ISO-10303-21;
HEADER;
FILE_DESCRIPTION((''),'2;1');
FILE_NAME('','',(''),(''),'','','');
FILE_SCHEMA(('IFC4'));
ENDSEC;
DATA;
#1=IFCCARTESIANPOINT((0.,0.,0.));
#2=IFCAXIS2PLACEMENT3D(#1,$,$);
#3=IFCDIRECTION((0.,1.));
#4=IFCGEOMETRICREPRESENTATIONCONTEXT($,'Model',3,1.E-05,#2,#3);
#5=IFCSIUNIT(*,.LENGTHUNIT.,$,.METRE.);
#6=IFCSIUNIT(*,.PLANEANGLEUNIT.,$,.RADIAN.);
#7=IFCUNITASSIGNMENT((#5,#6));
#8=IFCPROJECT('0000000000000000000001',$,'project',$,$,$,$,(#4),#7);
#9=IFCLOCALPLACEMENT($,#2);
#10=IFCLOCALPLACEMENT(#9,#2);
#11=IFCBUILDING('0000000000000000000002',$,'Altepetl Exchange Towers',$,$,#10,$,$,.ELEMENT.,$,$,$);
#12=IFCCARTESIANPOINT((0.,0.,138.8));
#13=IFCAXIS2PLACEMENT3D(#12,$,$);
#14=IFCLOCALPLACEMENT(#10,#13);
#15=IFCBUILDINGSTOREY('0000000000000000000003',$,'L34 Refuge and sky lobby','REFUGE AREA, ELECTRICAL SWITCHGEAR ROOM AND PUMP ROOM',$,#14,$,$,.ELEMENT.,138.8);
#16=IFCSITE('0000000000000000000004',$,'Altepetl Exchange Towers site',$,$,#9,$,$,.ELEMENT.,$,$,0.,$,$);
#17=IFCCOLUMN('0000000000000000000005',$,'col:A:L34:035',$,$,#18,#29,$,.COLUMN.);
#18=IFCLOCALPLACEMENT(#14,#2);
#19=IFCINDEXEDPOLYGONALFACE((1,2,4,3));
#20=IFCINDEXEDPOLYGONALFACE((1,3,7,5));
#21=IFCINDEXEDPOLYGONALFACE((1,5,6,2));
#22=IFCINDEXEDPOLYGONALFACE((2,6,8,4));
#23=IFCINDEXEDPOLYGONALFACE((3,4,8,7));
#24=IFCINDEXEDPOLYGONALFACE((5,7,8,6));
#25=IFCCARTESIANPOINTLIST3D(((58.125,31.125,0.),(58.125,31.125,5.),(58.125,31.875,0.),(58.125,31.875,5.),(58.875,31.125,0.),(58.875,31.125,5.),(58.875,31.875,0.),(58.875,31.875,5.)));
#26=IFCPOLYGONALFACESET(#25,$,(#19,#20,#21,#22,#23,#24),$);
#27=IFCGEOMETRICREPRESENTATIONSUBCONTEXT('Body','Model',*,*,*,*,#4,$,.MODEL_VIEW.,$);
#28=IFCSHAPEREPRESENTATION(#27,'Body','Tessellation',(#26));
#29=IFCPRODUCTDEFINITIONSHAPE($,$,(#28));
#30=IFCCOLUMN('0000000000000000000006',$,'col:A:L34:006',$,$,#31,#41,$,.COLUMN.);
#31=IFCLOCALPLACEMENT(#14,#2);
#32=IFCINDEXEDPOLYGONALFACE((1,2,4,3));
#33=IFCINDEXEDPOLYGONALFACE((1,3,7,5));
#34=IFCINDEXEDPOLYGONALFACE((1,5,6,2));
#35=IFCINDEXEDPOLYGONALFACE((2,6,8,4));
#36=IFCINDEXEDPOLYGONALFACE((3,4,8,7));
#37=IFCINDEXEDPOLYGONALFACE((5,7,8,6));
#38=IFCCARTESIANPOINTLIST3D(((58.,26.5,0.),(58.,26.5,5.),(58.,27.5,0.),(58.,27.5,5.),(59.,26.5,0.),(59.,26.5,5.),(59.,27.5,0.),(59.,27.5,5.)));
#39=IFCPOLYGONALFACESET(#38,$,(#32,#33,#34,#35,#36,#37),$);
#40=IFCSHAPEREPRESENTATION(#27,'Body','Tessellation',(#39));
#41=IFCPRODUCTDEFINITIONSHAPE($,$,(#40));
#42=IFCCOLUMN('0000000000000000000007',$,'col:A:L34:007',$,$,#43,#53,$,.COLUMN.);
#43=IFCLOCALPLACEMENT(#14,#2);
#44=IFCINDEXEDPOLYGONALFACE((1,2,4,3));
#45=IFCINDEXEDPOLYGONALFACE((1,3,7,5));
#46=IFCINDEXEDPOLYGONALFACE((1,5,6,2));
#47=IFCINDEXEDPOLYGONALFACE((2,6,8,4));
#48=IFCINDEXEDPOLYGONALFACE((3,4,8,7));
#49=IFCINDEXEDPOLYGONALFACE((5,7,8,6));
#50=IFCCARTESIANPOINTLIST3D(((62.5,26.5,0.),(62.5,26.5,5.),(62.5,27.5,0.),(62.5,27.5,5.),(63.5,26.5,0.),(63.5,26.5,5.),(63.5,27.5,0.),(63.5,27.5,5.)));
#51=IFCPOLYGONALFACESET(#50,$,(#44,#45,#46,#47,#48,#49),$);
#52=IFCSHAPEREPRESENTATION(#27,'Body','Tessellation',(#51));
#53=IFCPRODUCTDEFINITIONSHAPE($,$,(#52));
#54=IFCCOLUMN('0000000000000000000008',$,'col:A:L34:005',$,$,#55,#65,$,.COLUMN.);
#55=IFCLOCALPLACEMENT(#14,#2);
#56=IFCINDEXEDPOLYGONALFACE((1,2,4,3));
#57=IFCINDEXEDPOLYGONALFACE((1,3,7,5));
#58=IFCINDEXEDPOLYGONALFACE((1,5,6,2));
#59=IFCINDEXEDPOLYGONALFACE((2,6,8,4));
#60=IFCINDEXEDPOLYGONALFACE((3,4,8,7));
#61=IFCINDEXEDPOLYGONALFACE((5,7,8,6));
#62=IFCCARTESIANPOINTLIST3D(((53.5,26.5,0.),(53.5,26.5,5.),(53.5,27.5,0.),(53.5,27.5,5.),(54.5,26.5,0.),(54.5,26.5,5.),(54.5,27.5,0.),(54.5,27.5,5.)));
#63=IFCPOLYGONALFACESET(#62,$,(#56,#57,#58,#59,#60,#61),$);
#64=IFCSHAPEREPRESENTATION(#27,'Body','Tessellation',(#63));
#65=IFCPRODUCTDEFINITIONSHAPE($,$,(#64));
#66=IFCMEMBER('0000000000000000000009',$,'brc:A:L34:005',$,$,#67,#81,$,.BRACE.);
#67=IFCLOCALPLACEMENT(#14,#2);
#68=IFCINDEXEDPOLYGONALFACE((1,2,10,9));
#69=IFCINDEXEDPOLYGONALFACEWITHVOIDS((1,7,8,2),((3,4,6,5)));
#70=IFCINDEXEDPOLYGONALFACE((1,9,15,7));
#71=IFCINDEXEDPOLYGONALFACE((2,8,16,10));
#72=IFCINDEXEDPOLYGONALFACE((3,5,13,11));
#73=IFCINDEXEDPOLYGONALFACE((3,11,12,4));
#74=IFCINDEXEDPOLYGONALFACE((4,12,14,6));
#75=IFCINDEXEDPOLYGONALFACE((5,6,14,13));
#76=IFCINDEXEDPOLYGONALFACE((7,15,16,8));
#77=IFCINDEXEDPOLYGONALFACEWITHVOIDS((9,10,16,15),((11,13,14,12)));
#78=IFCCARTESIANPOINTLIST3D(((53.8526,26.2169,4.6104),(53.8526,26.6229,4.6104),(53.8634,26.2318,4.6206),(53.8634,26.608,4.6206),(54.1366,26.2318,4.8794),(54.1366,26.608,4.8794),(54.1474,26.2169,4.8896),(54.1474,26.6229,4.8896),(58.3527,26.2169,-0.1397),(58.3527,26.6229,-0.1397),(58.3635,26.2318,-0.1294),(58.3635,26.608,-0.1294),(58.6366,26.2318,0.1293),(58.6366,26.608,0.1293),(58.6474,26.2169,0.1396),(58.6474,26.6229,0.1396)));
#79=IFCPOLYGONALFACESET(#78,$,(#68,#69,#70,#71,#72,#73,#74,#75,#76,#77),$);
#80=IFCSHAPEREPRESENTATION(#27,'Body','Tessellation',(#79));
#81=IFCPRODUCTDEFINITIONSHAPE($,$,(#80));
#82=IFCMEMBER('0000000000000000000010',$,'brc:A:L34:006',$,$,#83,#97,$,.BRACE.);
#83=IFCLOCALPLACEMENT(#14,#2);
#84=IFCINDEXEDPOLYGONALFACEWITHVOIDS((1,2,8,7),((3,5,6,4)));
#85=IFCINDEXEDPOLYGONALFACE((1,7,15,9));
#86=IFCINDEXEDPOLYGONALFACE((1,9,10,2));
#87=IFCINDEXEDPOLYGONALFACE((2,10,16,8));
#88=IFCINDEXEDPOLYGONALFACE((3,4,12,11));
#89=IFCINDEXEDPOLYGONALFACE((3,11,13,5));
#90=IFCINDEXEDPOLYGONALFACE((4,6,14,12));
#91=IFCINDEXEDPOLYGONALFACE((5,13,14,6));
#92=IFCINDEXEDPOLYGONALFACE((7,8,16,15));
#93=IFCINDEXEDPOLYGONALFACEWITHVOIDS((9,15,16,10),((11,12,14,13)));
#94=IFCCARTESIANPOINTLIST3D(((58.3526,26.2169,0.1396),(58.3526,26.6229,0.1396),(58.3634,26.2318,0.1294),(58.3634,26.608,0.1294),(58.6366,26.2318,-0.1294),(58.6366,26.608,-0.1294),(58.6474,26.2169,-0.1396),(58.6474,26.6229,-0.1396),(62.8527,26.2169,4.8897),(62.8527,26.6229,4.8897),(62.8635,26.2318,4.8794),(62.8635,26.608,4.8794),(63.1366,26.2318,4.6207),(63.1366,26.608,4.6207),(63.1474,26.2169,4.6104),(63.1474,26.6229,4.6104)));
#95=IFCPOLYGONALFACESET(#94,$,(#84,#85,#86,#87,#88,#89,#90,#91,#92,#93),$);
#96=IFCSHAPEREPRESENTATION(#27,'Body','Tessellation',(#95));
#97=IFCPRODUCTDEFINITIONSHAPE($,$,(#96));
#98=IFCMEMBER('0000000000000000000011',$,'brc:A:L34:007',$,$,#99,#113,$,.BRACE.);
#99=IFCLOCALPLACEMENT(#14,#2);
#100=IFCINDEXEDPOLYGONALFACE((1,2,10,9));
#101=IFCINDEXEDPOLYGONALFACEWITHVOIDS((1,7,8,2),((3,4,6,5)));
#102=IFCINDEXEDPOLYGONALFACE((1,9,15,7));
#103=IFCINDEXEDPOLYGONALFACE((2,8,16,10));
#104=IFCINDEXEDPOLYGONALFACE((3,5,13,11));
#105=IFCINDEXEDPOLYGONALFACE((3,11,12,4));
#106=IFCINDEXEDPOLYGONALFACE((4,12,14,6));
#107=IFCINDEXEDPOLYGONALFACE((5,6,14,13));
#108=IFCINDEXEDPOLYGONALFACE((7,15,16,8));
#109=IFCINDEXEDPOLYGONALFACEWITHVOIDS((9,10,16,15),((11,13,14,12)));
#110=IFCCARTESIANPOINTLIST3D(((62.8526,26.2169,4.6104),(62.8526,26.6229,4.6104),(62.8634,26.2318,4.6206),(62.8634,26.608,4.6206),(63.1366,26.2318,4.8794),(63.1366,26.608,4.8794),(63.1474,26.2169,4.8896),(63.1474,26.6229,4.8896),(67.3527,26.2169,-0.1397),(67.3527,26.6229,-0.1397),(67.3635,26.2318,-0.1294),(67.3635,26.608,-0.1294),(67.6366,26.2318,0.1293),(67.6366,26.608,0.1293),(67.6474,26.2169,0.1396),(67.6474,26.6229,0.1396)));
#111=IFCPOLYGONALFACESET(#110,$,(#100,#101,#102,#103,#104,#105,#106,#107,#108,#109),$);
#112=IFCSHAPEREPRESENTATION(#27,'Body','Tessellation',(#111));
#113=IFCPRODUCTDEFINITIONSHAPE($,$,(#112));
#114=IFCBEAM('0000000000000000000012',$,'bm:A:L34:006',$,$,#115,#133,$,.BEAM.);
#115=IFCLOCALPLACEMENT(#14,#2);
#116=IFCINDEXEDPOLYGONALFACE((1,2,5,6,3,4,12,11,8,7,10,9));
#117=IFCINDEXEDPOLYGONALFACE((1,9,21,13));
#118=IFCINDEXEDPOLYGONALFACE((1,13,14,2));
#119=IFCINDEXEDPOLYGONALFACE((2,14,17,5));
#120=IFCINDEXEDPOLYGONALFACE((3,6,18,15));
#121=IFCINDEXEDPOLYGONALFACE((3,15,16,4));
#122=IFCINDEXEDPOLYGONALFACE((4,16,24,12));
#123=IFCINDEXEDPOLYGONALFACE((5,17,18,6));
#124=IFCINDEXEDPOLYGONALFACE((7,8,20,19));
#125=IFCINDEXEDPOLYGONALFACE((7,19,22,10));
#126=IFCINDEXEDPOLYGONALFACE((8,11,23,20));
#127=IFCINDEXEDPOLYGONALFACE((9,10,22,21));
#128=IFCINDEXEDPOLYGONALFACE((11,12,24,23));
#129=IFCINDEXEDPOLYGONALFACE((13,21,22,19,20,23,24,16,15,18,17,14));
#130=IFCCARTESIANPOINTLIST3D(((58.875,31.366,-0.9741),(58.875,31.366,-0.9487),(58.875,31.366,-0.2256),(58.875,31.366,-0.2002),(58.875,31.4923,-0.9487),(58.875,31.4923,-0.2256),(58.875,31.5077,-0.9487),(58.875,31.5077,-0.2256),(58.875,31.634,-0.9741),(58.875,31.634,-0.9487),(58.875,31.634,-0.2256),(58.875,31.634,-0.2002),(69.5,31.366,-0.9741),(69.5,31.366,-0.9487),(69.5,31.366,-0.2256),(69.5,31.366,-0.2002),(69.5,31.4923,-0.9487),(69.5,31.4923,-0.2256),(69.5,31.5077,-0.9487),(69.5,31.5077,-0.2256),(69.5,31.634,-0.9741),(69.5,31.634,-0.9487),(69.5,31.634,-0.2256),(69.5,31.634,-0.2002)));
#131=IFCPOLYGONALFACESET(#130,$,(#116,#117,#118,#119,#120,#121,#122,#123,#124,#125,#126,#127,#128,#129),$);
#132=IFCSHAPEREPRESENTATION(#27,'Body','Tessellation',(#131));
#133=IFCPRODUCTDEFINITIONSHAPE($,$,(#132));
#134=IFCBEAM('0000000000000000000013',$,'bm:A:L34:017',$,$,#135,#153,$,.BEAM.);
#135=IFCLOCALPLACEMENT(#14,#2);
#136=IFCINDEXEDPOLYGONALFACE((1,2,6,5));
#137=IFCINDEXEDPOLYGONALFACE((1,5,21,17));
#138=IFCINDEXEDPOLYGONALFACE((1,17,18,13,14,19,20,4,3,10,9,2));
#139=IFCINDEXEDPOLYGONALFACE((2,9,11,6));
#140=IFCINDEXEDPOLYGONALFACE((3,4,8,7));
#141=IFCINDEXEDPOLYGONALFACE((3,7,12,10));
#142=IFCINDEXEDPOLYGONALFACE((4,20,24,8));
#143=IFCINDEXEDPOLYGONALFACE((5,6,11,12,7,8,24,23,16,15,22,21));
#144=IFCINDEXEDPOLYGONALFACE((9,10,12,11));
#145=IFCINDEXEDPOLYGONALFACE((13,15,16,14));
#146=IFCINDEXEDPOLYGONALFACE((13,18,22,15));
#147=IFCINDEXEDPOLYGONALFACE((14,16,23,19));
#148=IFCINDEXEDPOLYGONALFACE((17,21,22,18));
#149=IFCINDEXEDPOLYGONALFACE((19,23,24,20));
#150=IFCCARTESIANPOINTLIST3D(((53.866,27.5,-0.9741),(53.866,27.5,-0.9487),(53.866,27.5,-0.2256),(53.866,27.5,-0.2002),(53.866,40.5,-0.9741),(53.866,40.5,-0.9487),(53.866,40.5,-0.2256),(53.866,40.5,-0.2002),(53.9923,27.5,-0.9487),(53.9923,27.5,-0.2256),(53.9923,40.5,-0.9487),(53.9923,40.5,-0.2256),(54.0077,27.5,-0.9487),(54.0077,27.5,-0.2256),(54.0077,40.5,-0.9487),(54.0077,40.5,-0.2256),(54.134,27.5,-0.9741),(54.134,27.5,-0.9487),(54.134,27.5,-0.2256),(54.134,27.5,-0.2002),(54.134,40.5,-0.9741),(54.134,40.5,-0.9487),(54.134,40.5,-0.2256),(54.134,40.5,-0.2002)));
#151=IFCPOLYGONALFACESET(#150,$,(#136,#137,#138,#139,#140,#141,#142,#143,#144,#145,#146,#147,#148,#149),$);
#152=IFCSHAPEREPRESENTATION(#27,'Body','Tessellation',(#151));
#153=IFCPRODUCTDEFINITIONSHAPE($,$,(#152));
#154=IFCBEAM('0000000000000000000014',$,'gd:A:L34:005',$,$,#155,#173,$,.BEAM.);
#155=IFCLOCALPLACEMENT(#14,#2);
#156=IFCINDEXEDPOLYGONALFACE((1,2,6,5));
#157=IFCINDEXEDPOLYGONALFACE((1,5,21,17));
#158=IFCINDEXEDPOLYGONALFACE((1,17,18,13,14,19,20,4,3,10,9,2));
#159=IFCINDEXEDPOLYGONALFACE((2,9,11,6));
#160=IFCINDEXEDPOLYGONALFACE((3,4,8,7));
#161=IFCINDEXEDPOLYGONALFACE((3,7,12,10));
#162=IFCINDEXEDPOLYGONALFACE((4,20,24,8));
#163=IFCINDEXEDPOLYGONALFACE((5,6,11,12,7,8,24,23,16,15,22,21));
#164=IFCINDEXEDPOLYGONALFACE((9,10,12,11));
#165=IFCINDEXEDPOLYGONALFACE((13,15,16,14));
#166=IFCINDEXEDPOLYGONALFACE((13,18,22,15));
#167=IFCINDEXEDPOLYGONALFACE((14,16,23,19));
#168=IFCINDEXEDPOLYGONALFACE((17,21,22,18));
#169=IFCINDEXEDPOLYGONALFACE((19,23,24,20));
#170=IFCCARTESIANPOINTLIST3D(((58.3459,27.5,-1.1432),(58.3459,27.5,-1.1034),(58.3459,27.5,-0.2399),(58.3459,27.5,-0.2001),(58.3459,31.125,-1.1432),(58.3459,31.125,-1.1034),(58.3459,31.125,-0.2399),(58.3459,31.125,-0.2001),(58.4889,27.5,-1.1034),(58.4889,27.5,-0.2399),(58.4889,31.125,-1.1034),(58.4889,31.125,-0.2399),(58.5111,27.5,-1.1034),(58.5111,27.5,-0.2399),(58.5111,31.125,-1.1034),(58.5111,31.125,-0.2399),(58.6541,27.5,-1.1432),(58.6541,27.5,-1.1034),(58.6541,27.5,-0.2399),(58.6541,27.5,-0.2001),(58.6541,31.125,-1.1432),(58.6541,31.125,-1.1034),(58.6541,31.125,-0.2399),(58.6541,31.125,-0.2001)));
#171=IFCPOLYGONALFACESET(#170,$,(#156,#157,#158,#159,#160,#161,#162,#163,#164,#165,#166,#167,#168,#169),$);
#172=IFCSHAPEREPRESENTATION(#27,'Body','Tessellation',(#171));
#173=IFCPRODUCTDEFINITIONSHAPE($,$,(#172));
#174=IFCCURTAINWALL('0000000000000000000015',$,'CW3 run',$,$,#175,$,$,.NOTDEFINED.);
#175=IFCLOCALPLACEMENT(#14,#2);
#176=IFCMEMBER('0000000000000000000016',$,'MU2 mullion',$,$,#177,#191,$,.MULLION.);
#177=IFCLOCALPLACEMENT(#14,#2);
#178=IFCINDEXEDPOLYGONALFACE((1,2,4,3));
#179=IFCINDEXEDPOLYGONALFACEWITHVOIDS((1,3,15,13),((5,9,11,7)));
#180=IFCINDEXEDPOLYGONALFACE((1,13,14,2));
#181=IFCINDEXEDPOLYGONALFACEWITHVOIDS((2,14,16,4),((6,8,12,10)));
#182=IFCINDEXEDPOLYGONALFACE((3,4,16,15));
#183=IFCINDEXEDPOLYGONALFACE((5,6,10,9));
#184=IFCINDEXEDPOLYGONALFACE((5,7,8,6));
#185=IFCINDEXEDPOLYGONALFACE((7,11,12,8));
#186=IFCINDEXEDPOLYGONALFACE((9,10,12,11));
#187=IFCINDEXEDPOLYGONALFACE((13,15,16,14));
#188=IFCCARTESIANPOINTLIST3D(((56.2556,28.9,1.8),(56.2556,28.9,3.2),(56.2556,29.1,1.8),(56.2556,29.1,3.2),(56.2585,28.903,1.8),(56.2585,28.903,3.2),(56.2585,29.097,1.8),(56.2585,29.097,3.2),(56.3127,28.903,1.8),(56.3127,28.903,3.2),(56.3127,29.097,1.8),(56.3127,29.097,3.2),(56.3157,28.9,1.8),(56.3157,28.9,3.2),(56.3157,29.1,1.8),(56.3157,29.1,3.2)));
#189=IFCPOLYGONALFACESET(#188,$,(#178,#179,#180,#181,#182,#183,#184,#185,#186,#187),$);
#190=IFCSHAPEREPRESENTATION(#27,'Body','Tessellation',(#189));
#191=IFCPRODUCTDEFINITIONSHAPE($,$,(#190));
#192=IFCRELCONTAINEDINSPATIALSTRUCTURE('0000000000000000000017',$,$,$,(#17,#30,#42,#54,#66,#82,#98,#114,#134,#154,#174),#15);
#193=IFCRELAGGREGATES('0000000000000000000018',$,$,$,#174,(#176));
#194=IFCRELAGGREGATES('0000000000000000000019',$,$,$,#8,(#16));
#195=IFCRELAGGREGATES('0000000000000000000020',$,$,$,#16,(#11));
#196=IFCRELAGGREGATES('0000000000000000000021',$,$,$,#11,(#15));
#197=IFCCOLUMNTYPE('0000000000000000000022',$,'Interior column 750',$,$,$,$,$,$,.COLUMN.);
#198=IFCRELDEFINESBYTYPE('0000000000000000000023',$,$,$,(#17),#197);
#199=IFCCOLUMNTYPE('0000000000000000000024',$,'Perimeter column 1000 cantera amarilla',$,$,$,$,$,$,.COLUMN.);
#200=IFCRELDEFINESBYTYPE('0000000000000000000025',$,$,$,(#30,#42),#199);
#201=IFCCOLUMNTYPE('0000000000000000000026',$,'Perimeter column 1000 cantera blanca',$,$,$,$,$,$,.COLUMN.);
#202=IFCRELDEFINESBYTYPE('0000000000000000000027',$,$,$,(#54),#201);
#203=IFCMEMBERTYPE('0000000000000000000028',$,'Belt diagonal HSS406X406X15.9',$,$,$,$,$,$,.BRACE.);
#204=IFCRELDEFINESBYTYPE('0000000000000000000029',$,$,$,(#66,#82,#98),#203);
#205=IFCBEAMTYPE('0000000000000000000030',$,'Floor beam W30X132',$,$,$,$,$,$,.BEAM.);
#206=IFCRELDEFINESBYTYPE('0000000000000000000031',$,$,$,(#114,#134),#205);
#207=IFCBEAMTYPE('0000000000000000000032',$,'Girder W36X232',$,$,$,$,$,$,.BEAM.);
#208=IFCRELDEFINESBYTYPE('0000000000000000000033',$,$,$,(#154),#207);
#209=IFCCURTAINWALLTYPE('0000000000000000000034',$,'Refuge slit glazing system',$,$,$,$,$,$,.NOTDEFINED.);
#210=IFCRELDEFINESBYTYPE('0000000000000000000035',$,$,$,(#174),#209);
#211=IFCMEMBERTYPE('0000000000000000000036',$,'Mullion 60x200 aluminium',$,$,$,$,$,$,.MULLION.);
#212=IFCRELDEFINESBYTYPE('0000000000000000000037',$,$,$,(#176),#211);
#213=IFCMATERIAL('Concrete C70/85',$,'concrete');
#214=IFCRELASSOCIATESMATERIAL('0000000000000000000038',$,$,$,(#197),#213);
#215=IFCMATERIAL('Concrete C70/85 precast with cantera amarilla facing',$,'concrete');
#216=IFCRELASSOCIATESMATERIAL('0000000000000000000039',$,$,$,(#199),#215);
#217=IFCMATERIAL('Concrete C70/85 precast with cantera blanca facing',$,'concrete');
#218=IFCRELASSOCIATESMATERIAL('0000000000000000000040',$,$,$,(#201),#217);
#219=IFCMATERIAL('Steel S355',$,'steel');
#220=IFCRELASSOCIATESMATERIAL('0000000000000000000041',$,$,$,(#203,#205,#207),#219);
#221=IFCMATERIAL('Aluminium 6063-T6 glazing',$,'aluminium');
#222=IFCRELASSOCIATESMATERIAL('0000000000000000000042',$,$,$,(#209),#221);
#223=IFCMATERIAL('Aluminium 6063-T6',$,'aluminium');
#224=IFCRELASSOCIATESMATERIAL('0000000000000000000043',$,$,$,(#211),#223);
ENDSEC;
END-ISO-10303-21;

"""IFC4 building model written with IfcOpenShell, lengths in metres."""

from ifc_helpers import new_model, si_unit, direction, frame, origin, origin_2d, place, context, subcontext, project, spatial, rectangle, hollow_rectangle, i_section, extrude, material, material_profile, profile_set, type_object, element, aggregate, save


model = new_model("IFC4")

# Units and contexts
model_context = context("Model", 3, precision=1e-05, world=origin(), true_north=direction((0.0, 1.0)))
body_context = subcontext(model_context, "Body", "Model", "MODEL_VIEW")
ifc_project = project(units=[si_unit("LENGTHUNIT", "METRE"), si_unit("PLANEANGLEUNIT", "RADIAN")], contexts=[model_context])

# Site, building, storey
site_placement = place(None, origin())
site = spatial("IfcSite", under=ifc_project, at=site_placement, Name="Altepetl Exchange Towers site", CompositionType="ELEMENT", RefElevation=0.0)
building_placement = place(site_placement, origin())
building = spatial("IfcBuilding", under=site, at=building_placement, Name="Altepetl Exchange Towers", CompositionType="ELEMENT")
storey_placement = place(building_placement, frame((0.0, 0.0, 138.8)))
storey = spatial("IfcBuildingStorey", under=building, at=storey_placement, Name="L34 Refuge and sky lobby", Description="REFUGE AREA, ELECTRICAL SWITCHGEAR ROOM AND PUMP ROOM", CompositionType="ELEMENT", Elevation=138.8)

# Columns
ifc_material_1 = material(Name="Concrete C70/85", Category="concrete")
ifc_material_profile_1 = material_profile(ifc_material_1, rectangle(XDim=0.75, YDim=0.75, at=origin_2d()), Name="750 x 750")
ifc_profile_set_1 = profile_set([ifc_material_profile_1], Name="Concrete C70/85")
column_type_1 = type_object("IfcColumnType", Name="Interior column 750", PredefinedType="COLUMN", material=ifc_profile_set_1)
column_1_placement = place(storey_placement, frame((58.5, 31.5, 0.0)))
element("IfcColumn", 1, at=column_1_placement, inside=storey, type_object=column_type_1, Name="col:A:L34:035", PredefinedType="COLUMN", context=body_context, shape_type="SweptSolid", body=[
    extrude(rectangle(XDim=0.75, YDim=0.75, at=origin_2d()), origin(), (0.0, 0.0, 1.0), 5.0),
])
ifc_material_2 = material(Name="Concrete C70/85 precast with cantera amarilla facing", Category="concrete")
ifc_material_profile_2 = material_profile(ifc_material_2, rectangle(XDim=1.0, YDim=1.0, at=origin_2d()), Name="1000 x 1000")
ifc_profile_set_2 = profile_set([ifc_material_profile_2], Name="Concrete C70/85 precast with cantera amarilla facing")
column_type_2 = type_object("IfcColumnType", Name="Perimeter column 1000 cantera amarilla", PredefinedType="COLUMN", material=ifc_profile_set_2)
for number, where, name in (
    (2, (58.5, 27.0, 0.0), "col:A:L34:006"),
    (3, (63.0, 27.0, 0.0), "col:A:L34:007"),
):
    element("IfcColumn", number, at=place(storey_placement, frame(where)), inside=storey, type_object=column_type_2, Name=name, PredefinedType="COLUMN", context=body_context, shape_type="SweptSolid", body=[
        extrude(rectangle(XDim=1.0, YDim=1.0, at=origin_2d()), origin(), (0.0, 0.0, 1.0), 5.0),
    ])
ifc_material_3 = material(Name="Concrete C70/85 precast with cantera blanca facing", Category="concrete")
ifc_material_profile_3 = material_profile(ifc_material_3, rectangle(XDim=1.0, YDim=1.0, at=origin_2d()), Name="1000 x 1000")
ifc_profile_set_3 = profile_set([ifc_material_profile_3], Name="Concrete C70/85 precast with cantera blanca facing")
column_type_3 = type_object("IfcColumnType", Name="Perimeter column 1000 cantera blanca", PredefinedType="COLUMN", material=ifc_profile_set_3)
column_2_placement = place(storey_placement, frame((54.0, 27.0, 0.0)))
element("IfcColumn", 4, at=column_2_placement, inside=storey, type_object=column_type_3, Name="col:A:L34:005", PredefinedType="COLUMN", context=body_context, shape_type="SweptSolid", body=[
    extrude(rectangle(XDim=1.0, YDim=1.0, at=origin_2d()), origin(), (0.0, 0.0, 1.0), 5.0),
])

# Members
ifc_material_4 = material(Name="Steel S355", Category="steel")
ifc_material_profile_4 = material_profile(ifc_material_4, hollow_rectangle(XDim=0.406, YDim=0.406, WallThickness=0.0149, at=origin_2d()), Name="HSS406X406X15.9")
ifc_profile_set_4 = profile_set([ifc_material_profile_4], Name="Steel S355")
member_type_1 = type_object("IfcMemberType", Name="Belt diagonal HSS406X406X15.9", PredefinedType="BRACE", material=ifc_profile_set_4)
for number, where, z_axis, x_axis, name in (
    (5, (54.0, 26.4199, 4.75), (0.687745, 0.0, -0.725953), (0.0, 1.0, 0.0), "brc:A:L34:005"),
    (6, (58.5, 26.4199, 0.0), (0.687745, 0.0, 0.725953), (0.0, 1.0, 0.0), "brc:A:L34:006"),
    (7, (63.0, 26.4199, 4.75), (0.687745, 0.0, -0.725953), (0.0, 1.0, 0.0), "brc:A:L34:007"),
):
    element("IfcMember", number, at=place(storey_placement, frame(where, z_axis=z_axis, x_axis=x_axis)), inside=storey, type_object=member_type_1, Name=name, PredefinedType="BRACE", context=body_context, shape_type="SweptSolid", body=[
        extrude(hollow_rectangle(XDim=0.406, YDim=0.406, WallThickness=0.0149, at=origin_2d()), origin(), (0.0, 0.0, 1.0), 6.5432),
    ])

# Beams
ifc_material_profile_5 = material_profile(ifc_material_4, i_section(OverallWidth=0.2681, OverallDepth=0.7739, WebThickness=0.0154, FlangeThickness=0.0254, at=origin_2d()), Name="W30X132")
ifc_profile_set_5 = profile_set([ifc_material_profile_5], Name="Steel S355")
beam_type_1 = type_object("IfcBeamType", Name="Floor beam W30X132", PredefinedType="BEAM", material=ifc_profile_set_5)
beam_1_placement = place(storey_placement, frame((58.875, 31.5, -0.5872), z_axis=(1.0, 0.0, 0.0), x_axis=(0.0, 1.0, 0.0)))
element("IfcBeam", 8, at=beam_1_placement, inside=storey, type_object=beam_type_1, Name="bm:A:L34:006", PredefinedType="BEAM", context=body_context, shape_type="SweptSolid", body=[
    extrude(i_section(OverallWidth=0.2681, OverallDepth=0.7739, WebThickness=0.0154, FlangeThickness=0.0254, at=origin_2d()), origin(), (0.0, 0.0, 1.0), 10.625),
])
beam_2_placement = place(storey_placement, frame((54.0, 27.5, -0.5872), z_axis=(0.0, 1.0, 0.0), x_axis=(-1.0, 0.0, 0.0)))
element("IfcBeam", 9, at=beam_2_placement, inside=storey, type_object=beam_type_1, Name="bm:A:L34:017", PredefinedType="BEAM", context=body_context, shape_type="SweptSolid", body=[
    extrude(i_section(OverallWidth=0.2681, OverallDepth=0.7739, WebThickness=0.0154, FlangeThickness=0.0254, at=origin_2d()), origin(), (0.0, 0.0, 1.0), 13.0),
])
ifc_material_profile_6 = material_profile(ifc_material_4, i_section(OverallWidth=0.3081, OverallDepth=0.9431, WebThickness=0.0222, FlangeThickness=0.0398, at=origin_2d()), Name="W36X232")
ifc_profile_set_6 = profile_set([ifc_material_profile_6], Name="Steel S355")
beam_type_2 = type_object("IfcBeamType", Name="Girder W36X232", PredefinedType="BEAM", material=ifc_profile_set_6)
beam_3_placement = place(storey_placement, frame((58.5, 31.125, -0.6716), z_axis=(0.0, -1.0, 0.0), x_axis=(1.0, 0.0, 0.0)))
element("IfcBeam", 10, at=beam_3_placement, inside=storey, type_object=beam_type_2, Name="gd:A:L34:005", PredefinedType="BEAM", context=body_context, shape_type="SweptSolid", body=[
    extrude(i_section(OverallWidth=0.3081, OverallDepth=0.9431, WebThickness=0.0222, FlangeThickness=0.0398, at=origin_2d()), origin(), (0.0, 0.0, 1.0), 3.625),
])

# Curtain wall, member
ifc_material_5 = material(Name="Aluminium 6063-T6 glazing", Category="aluminium")
curtain_wall_type = type_object("IfcCurtainWallType", Name="Refuge slit glazing system", PredefinedType="NOTDEFINED", material=ifc_material_5)
curtain_wall_1_placement = place(storey_placement, origin())
curtain_wall_1 = element("IfcCurtainWall", 11, at=curtain_wall_1_placement, inside=storey, type_object=curtain_wall_type, Name="CW3 run", PredefinedType="NOTDEFINED")
ifc_material_6 = material(Name="Aluminium 6063-T6", Category="aluminium")
ifc_material_profile_7 = material_profile(ifc_material_6, hollow_rectangle(XDim=0.0601, YDim=0.2, WallThickness=0.0029, at=origin_2d()), Name="Mullion 60x200 aluminium")
ifc_profile_set_7 = profile_set([ifc_material_profile_7], Name="Aluminium 6063-T6")
member_type_2 = type_object("IfcMemberType", Name="Mullion 60x200 aluminium", PredefinedType="MULLION", material=ifc_profile_set_7)
member_1_placement = place(storey_placement, frame((56.2856, 29.0, 1.8)))
member_1 = element("IfcMember", 12, at=member_1_placement, type_object=member_type_2, Name="MU2 mullion", PredefinedType="MULLION", context=body_context, shape_type="SweptSolid", body=[
    extrude(hollow_rectangle(XDim=0.0601, YDim=0.2, WallThickness=0.0029, at=origin_2d()), origin(), (0.0, 0.0, 1.0), 1.3999),
])

aggregate(curtain_wall_1, [member_1])

save(model, "model.ifc")
